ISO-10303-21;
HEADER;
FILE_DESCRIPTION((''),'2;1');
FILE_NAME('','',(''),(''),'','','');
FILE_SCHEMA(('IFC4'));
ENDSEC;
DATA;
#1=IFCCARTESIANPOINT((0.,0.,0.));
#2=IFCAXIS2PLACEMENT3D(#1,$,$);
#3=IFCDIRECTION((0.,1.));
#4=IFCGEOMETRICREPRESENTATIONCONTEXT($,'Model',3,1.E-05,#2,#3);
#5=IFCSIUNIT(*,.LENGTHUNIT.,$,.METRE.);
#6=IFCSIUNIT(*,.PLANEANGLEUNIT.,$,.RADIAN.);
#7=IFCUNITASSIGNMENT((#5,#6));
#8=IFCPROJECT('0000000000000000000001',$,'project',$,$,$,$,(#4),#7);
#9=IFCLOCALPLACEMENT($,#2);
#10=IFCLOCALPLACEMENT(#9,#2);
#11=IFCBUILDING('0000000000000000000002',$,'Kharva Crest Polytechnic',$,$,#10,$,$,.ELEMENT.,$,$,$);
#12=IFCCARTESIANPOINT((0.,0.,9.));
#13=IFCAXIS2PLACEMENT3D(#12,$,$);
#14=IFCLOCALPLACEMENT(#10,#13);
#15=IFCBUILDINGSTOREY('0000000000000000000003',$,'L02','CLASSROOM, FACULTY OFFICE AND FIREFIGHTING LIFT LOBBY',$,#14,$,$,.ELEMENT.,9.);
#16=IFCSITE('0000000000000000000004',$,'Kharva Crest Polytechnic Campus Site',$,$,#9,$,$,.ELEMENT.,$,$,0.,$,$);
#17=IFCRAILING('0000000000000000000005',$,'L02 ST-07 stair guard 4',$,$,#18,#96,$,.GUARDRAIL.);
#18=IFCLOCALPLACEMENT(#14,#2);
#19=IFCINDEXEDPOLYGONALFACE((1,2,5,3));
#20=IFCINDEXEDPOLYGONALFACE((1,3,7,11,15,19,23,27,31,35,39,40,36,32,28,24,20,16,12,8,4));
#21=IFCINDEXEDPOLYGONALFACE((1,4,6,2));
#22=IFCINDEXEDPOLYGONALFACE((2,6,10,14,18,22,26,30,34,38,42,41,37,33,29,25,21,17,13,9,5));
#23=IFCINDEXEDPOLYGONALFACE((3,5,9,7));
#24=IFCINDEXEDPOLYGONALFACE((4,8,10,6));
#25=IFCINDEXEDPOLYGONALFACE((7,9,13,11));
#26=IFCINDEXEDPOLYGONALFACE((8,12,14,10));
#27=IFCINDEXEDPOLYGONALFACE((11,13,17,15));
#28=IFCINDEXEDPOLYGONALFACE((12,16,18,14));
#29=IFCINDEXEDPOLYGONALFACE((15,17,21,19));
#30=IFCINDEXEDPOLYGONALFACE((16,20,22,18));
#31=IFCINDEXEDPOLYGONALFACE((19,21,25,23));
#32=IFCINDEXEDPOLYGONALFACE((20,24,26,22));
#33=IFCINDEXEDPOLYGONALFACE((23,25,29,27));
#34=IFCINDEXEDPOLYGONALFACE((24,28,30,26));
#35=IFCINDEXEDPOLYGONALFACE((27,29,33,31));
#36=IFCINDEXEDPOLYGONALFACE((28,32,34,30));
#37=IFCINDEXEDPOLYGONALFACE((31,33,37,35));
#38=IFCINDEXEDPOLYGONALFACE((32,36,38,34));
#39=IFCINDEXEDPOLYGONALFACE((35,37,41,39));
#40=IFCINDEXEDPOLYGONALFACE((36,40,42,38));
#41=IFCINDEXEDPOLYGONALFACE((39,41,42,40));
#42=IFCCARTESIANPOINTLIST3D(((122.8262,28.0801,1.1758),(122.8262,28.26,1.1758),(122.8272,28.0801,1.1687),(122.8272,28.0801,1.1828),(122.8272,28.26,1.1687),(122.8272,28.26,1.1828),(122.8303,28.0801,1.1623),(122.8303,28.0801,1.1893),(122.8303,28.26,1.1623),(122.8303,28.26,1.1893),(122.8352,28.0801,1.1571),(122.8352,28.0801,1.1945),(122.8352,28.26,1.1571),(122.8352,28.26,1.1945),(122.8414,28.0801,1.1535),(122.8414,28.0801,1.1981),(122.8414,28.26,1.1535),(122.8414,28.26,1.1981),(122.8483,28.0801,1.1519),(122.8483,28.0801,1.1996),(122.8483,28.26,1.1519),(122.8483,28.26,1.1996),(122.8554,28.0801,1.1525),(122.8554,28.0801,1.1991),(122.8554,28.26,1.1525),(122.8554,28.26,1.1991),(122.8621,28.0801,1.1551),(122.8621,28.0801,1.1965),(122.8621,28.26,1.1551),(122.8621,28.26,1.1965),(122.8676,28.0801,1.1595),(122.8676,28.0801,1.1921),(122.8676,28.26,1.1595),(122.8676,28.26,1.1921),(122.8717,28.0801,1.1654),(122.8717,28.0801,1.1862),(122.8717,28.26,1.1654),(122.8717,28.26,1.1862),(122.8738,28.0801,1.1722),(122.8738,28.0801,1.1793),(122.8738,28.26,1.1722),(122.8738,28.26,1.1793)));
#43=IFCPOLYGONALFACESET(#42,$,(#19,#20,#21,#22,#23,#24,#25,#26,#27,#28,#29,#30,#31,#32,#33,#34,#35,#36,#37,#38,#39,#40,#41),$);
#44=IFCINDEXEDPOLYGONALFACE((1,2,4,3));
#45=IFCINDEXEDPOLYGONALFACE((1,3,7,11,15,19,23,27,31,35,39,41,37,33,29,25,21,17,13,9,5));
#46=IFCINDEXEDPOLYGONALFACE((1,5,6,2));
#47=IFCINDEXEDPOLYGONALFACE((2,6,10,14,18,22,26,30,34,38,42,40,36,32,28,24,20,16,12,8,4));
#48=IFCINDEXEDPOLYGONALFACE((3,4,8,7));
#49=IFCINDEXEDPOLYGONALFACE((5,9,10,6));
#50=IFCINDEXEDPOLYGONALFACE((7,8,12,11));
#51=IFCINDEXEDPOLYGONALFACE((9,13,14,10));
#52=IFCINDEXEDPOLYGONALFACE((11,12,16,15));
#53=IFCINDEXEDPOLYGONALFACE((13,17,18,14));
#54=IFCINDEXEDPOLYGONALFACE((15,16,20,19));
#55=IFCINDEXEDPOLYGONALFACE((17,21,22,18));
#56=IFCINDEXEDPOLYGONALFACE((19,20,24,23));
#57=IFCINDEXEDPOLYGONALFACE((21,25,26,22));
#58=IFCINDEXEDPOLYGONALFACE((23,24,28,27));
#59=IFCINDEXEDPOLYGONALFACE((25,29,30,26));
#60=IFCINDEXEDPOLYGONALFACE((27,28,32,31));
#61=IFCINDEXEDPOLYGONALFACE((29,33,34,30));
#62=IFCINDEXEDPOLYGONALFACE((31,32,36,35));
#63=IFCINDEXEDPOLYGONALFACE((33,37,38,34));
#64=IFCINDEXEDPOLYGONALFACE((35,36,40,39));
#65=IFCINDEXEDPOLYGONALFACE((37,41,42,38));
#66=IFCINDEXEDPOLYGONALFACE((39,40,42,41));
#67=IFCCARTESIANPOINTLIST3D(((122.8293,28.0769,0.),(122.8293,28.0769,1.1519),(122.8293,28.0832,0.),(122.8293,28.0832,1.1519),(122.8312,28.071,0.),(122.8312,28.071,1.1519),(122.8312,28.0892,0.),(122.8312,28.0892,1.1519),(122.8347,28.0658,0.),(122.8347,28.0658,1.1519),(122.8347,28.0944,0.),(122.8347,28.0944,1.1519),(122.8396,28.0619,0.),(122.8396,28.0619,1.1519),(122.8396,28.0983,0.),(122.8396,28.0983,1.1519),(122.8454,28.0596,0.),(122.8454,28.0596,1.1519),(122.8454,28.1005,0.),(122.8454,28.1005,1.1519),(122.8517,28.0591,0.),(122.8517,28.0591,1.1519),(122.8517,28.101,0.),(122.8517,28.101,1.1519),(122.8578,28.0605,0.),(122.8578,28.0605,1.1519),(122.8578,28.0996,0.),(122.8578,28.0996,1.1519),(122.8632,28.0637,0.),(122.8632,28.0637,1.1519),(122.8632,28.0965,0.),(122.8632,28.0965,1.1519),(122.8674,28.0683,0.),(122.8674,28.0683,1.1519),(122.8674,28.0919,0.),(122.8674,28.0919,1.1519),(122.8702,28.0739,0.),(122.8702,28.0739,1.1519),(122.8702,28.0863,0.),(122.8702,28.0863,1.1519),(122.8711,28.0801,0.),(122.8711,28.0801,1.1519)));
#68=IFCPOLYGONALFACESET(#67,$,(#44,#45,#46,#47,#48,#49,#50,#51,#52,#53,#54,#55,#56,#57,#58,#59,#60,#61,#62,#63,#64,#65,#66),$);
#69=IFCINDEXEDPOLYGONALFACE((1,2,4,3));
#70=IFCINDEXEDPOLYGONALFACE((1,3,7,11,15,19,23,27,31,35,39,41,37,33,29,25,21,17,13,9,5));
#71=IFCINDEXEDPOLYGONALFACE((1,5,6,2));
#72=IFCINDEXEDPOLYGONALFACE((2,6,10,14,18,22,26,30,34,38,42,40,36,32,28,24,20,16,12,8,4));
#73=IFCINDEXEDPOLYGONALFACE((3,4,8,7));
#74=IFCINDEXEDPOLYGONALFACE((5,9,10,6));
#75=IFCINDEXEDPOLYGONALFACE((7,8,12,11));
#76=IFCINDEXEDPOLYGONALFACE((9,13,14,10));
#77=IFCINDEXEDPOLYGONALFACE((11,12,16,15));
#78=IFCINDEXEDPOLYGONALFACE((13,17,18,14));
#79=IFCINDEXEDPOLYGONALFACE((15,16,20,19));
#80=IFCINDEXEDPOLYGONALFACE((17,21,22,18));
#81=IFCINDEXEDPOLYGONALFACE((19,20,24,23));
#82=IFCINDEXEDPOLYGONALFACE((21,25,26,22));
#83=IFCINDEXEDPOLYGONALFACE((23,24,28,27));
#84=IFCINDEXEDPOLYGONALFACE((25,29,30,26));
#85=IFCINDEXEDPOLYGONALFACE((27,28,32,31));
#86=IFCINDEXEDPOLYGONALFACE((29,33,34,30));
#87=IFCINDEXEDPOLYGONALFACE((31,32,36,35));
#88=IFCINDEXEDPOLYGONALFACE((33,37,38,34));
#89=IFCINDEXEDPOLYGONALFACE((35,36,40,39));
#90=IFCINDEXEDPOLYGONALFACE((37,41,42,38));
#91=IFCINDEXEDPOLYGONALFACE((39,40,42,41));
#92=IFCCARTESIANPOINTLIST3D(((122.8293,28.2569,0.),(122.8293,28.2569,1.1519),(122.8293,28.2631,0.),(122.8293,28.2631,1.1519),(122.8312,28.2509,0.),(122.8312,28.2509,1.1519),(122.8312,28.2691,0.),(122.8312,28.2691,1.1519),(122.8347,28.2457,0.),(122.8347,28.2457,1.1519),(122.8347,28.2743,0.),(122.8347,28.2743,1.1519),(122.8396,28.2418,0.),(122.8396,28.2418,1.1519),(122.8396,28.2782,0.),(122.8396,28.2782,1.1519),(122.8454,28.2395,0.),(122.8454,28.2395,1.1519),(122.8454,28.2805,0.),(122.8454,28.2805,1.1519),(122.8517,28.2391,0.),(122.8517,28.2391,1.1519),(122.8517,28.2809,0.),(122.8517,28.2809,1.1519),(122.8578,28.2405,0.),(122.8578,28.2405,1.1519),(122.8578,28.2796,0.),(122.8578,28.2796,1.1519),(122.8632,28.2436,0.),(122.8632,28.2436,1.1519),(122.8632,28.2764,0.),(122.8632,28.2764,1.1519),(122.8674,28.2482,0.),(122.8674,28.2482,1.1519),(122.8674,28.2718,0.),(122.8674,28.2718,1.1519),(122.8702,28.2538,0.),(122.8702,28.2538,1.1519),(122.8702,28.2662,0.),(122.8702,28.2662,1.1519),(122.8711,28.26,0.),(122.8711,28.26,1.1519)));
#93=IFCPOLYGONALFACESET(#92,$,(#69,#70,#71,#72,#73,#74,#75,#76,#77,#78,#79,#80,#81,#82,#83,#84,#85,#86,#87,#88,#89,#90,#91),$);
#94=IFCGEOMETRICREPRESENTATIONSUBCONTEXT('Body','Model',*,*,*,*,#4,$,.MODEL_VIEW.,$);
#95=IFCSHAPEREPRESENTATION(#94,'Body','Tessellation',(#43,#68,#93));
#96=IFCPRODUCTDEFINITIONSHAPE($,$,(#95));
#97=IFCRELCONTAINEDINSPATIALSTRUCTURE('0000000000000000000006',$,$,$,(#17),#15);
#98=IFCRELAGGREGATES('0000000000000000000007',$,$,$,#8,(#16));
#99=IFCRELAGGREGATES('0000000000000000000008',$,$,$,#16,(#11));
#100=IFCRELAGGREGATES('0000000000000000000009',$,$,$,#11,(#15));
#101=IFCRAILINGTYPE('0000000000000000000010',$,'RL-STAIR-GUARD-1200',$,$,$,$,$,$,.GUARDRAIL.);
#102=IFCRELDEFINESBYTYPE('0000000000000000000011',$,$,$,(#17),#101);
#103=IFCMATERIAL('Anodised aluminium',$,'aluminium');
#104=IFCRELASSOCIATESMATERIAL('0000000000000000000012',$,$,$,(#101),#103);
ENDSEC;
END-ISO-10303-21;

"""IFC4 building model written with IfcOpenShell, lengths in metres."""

from ifc_helpers import new_model, si_unit, direction, frame, origin, origin_2d, place, context, subcontext, project, spatial, circle, extrude, material, type_object, element, save


model = new_model("IFC4")

# Units and contexts
model_context = context("Model", 3, precision=1e-05, world=origin(), true_north=direction((0.0, 1.0)))
body_context = subcontext(model_context, "Body", "Model", "MODEL_VIEW")
ifc_project = project(units=[si_unit("LENGTHUNIT", "METRE"), si_unit("PLANEANGLEUNIT", "RADIAN")], contexts=[model_context])

# Site, building, storey
site_placement = place(None, origin())
site = spatial("IfcSite", under=ifc_project, at=site_placement, Name="Kharva Crest Polytechnic Campus Site", CompositionType="ELEMENT", RefElevation=0.0)
building_placement = place(site_placement, origin())
building = spatial("IfcBuilding", under=site, at=building_placement, Name="Kharva Crest Polytechnic", CompositionType="ELEMENT")
storey_placement = place(building_placement, frame((0.0, 0.0, 9.0)))
storey = spatial("IfcBuildingStorey", under=building, at=storey_placement, Name="L02", Description="CLASSROOM, FACULTY OFFICE AND FIREFIGHTING LIFT LOBBY", CompositionType="ELEMENT", Elevation=9.0)

# Railing
ifc_material_1 = material(Name="Anodised aluminium", Category="aluminium")
railing_type_1 = type_object("IfcRailingType", Name="RL-STAIR-GUARD-1200", PredefinedType="GUARDRAIL", material=ifc_material_1)
railing_1_placement = place(storey_placement, frame((122.8501, 28.0801, 0.0)))
element("IfcRailing", 1, at=railing_1_placement, inside=storey, type_object=railing_type_1, Name="L02 ST-07 stair guard 4", PredefinedType="GUARDRAIL", context=body_context, shape_type="SweptSolid", body=[
    extrude(circle(Radius=0.0239, at=origin_2d()), frame((0.0, 0.0, 1.1758), z_axis=(0.0, 1.0, 0.0), x_axis=(-1.0, 0.0, 0.0)), (0.0, 0.0, 1.0), 0.1799),
    extrude(circle(Radius=0.021, at=origin_2d()), origin(), (0.0, 0.0, 1.0), 1.1519),
    extrude(circle(Radius=0.021, at=origin_2d()), frame((0.0, 0.1799, 0.0)), (0.0, 0.0, 1.0), 1.1519),
])

save(model, "model.ifc")
